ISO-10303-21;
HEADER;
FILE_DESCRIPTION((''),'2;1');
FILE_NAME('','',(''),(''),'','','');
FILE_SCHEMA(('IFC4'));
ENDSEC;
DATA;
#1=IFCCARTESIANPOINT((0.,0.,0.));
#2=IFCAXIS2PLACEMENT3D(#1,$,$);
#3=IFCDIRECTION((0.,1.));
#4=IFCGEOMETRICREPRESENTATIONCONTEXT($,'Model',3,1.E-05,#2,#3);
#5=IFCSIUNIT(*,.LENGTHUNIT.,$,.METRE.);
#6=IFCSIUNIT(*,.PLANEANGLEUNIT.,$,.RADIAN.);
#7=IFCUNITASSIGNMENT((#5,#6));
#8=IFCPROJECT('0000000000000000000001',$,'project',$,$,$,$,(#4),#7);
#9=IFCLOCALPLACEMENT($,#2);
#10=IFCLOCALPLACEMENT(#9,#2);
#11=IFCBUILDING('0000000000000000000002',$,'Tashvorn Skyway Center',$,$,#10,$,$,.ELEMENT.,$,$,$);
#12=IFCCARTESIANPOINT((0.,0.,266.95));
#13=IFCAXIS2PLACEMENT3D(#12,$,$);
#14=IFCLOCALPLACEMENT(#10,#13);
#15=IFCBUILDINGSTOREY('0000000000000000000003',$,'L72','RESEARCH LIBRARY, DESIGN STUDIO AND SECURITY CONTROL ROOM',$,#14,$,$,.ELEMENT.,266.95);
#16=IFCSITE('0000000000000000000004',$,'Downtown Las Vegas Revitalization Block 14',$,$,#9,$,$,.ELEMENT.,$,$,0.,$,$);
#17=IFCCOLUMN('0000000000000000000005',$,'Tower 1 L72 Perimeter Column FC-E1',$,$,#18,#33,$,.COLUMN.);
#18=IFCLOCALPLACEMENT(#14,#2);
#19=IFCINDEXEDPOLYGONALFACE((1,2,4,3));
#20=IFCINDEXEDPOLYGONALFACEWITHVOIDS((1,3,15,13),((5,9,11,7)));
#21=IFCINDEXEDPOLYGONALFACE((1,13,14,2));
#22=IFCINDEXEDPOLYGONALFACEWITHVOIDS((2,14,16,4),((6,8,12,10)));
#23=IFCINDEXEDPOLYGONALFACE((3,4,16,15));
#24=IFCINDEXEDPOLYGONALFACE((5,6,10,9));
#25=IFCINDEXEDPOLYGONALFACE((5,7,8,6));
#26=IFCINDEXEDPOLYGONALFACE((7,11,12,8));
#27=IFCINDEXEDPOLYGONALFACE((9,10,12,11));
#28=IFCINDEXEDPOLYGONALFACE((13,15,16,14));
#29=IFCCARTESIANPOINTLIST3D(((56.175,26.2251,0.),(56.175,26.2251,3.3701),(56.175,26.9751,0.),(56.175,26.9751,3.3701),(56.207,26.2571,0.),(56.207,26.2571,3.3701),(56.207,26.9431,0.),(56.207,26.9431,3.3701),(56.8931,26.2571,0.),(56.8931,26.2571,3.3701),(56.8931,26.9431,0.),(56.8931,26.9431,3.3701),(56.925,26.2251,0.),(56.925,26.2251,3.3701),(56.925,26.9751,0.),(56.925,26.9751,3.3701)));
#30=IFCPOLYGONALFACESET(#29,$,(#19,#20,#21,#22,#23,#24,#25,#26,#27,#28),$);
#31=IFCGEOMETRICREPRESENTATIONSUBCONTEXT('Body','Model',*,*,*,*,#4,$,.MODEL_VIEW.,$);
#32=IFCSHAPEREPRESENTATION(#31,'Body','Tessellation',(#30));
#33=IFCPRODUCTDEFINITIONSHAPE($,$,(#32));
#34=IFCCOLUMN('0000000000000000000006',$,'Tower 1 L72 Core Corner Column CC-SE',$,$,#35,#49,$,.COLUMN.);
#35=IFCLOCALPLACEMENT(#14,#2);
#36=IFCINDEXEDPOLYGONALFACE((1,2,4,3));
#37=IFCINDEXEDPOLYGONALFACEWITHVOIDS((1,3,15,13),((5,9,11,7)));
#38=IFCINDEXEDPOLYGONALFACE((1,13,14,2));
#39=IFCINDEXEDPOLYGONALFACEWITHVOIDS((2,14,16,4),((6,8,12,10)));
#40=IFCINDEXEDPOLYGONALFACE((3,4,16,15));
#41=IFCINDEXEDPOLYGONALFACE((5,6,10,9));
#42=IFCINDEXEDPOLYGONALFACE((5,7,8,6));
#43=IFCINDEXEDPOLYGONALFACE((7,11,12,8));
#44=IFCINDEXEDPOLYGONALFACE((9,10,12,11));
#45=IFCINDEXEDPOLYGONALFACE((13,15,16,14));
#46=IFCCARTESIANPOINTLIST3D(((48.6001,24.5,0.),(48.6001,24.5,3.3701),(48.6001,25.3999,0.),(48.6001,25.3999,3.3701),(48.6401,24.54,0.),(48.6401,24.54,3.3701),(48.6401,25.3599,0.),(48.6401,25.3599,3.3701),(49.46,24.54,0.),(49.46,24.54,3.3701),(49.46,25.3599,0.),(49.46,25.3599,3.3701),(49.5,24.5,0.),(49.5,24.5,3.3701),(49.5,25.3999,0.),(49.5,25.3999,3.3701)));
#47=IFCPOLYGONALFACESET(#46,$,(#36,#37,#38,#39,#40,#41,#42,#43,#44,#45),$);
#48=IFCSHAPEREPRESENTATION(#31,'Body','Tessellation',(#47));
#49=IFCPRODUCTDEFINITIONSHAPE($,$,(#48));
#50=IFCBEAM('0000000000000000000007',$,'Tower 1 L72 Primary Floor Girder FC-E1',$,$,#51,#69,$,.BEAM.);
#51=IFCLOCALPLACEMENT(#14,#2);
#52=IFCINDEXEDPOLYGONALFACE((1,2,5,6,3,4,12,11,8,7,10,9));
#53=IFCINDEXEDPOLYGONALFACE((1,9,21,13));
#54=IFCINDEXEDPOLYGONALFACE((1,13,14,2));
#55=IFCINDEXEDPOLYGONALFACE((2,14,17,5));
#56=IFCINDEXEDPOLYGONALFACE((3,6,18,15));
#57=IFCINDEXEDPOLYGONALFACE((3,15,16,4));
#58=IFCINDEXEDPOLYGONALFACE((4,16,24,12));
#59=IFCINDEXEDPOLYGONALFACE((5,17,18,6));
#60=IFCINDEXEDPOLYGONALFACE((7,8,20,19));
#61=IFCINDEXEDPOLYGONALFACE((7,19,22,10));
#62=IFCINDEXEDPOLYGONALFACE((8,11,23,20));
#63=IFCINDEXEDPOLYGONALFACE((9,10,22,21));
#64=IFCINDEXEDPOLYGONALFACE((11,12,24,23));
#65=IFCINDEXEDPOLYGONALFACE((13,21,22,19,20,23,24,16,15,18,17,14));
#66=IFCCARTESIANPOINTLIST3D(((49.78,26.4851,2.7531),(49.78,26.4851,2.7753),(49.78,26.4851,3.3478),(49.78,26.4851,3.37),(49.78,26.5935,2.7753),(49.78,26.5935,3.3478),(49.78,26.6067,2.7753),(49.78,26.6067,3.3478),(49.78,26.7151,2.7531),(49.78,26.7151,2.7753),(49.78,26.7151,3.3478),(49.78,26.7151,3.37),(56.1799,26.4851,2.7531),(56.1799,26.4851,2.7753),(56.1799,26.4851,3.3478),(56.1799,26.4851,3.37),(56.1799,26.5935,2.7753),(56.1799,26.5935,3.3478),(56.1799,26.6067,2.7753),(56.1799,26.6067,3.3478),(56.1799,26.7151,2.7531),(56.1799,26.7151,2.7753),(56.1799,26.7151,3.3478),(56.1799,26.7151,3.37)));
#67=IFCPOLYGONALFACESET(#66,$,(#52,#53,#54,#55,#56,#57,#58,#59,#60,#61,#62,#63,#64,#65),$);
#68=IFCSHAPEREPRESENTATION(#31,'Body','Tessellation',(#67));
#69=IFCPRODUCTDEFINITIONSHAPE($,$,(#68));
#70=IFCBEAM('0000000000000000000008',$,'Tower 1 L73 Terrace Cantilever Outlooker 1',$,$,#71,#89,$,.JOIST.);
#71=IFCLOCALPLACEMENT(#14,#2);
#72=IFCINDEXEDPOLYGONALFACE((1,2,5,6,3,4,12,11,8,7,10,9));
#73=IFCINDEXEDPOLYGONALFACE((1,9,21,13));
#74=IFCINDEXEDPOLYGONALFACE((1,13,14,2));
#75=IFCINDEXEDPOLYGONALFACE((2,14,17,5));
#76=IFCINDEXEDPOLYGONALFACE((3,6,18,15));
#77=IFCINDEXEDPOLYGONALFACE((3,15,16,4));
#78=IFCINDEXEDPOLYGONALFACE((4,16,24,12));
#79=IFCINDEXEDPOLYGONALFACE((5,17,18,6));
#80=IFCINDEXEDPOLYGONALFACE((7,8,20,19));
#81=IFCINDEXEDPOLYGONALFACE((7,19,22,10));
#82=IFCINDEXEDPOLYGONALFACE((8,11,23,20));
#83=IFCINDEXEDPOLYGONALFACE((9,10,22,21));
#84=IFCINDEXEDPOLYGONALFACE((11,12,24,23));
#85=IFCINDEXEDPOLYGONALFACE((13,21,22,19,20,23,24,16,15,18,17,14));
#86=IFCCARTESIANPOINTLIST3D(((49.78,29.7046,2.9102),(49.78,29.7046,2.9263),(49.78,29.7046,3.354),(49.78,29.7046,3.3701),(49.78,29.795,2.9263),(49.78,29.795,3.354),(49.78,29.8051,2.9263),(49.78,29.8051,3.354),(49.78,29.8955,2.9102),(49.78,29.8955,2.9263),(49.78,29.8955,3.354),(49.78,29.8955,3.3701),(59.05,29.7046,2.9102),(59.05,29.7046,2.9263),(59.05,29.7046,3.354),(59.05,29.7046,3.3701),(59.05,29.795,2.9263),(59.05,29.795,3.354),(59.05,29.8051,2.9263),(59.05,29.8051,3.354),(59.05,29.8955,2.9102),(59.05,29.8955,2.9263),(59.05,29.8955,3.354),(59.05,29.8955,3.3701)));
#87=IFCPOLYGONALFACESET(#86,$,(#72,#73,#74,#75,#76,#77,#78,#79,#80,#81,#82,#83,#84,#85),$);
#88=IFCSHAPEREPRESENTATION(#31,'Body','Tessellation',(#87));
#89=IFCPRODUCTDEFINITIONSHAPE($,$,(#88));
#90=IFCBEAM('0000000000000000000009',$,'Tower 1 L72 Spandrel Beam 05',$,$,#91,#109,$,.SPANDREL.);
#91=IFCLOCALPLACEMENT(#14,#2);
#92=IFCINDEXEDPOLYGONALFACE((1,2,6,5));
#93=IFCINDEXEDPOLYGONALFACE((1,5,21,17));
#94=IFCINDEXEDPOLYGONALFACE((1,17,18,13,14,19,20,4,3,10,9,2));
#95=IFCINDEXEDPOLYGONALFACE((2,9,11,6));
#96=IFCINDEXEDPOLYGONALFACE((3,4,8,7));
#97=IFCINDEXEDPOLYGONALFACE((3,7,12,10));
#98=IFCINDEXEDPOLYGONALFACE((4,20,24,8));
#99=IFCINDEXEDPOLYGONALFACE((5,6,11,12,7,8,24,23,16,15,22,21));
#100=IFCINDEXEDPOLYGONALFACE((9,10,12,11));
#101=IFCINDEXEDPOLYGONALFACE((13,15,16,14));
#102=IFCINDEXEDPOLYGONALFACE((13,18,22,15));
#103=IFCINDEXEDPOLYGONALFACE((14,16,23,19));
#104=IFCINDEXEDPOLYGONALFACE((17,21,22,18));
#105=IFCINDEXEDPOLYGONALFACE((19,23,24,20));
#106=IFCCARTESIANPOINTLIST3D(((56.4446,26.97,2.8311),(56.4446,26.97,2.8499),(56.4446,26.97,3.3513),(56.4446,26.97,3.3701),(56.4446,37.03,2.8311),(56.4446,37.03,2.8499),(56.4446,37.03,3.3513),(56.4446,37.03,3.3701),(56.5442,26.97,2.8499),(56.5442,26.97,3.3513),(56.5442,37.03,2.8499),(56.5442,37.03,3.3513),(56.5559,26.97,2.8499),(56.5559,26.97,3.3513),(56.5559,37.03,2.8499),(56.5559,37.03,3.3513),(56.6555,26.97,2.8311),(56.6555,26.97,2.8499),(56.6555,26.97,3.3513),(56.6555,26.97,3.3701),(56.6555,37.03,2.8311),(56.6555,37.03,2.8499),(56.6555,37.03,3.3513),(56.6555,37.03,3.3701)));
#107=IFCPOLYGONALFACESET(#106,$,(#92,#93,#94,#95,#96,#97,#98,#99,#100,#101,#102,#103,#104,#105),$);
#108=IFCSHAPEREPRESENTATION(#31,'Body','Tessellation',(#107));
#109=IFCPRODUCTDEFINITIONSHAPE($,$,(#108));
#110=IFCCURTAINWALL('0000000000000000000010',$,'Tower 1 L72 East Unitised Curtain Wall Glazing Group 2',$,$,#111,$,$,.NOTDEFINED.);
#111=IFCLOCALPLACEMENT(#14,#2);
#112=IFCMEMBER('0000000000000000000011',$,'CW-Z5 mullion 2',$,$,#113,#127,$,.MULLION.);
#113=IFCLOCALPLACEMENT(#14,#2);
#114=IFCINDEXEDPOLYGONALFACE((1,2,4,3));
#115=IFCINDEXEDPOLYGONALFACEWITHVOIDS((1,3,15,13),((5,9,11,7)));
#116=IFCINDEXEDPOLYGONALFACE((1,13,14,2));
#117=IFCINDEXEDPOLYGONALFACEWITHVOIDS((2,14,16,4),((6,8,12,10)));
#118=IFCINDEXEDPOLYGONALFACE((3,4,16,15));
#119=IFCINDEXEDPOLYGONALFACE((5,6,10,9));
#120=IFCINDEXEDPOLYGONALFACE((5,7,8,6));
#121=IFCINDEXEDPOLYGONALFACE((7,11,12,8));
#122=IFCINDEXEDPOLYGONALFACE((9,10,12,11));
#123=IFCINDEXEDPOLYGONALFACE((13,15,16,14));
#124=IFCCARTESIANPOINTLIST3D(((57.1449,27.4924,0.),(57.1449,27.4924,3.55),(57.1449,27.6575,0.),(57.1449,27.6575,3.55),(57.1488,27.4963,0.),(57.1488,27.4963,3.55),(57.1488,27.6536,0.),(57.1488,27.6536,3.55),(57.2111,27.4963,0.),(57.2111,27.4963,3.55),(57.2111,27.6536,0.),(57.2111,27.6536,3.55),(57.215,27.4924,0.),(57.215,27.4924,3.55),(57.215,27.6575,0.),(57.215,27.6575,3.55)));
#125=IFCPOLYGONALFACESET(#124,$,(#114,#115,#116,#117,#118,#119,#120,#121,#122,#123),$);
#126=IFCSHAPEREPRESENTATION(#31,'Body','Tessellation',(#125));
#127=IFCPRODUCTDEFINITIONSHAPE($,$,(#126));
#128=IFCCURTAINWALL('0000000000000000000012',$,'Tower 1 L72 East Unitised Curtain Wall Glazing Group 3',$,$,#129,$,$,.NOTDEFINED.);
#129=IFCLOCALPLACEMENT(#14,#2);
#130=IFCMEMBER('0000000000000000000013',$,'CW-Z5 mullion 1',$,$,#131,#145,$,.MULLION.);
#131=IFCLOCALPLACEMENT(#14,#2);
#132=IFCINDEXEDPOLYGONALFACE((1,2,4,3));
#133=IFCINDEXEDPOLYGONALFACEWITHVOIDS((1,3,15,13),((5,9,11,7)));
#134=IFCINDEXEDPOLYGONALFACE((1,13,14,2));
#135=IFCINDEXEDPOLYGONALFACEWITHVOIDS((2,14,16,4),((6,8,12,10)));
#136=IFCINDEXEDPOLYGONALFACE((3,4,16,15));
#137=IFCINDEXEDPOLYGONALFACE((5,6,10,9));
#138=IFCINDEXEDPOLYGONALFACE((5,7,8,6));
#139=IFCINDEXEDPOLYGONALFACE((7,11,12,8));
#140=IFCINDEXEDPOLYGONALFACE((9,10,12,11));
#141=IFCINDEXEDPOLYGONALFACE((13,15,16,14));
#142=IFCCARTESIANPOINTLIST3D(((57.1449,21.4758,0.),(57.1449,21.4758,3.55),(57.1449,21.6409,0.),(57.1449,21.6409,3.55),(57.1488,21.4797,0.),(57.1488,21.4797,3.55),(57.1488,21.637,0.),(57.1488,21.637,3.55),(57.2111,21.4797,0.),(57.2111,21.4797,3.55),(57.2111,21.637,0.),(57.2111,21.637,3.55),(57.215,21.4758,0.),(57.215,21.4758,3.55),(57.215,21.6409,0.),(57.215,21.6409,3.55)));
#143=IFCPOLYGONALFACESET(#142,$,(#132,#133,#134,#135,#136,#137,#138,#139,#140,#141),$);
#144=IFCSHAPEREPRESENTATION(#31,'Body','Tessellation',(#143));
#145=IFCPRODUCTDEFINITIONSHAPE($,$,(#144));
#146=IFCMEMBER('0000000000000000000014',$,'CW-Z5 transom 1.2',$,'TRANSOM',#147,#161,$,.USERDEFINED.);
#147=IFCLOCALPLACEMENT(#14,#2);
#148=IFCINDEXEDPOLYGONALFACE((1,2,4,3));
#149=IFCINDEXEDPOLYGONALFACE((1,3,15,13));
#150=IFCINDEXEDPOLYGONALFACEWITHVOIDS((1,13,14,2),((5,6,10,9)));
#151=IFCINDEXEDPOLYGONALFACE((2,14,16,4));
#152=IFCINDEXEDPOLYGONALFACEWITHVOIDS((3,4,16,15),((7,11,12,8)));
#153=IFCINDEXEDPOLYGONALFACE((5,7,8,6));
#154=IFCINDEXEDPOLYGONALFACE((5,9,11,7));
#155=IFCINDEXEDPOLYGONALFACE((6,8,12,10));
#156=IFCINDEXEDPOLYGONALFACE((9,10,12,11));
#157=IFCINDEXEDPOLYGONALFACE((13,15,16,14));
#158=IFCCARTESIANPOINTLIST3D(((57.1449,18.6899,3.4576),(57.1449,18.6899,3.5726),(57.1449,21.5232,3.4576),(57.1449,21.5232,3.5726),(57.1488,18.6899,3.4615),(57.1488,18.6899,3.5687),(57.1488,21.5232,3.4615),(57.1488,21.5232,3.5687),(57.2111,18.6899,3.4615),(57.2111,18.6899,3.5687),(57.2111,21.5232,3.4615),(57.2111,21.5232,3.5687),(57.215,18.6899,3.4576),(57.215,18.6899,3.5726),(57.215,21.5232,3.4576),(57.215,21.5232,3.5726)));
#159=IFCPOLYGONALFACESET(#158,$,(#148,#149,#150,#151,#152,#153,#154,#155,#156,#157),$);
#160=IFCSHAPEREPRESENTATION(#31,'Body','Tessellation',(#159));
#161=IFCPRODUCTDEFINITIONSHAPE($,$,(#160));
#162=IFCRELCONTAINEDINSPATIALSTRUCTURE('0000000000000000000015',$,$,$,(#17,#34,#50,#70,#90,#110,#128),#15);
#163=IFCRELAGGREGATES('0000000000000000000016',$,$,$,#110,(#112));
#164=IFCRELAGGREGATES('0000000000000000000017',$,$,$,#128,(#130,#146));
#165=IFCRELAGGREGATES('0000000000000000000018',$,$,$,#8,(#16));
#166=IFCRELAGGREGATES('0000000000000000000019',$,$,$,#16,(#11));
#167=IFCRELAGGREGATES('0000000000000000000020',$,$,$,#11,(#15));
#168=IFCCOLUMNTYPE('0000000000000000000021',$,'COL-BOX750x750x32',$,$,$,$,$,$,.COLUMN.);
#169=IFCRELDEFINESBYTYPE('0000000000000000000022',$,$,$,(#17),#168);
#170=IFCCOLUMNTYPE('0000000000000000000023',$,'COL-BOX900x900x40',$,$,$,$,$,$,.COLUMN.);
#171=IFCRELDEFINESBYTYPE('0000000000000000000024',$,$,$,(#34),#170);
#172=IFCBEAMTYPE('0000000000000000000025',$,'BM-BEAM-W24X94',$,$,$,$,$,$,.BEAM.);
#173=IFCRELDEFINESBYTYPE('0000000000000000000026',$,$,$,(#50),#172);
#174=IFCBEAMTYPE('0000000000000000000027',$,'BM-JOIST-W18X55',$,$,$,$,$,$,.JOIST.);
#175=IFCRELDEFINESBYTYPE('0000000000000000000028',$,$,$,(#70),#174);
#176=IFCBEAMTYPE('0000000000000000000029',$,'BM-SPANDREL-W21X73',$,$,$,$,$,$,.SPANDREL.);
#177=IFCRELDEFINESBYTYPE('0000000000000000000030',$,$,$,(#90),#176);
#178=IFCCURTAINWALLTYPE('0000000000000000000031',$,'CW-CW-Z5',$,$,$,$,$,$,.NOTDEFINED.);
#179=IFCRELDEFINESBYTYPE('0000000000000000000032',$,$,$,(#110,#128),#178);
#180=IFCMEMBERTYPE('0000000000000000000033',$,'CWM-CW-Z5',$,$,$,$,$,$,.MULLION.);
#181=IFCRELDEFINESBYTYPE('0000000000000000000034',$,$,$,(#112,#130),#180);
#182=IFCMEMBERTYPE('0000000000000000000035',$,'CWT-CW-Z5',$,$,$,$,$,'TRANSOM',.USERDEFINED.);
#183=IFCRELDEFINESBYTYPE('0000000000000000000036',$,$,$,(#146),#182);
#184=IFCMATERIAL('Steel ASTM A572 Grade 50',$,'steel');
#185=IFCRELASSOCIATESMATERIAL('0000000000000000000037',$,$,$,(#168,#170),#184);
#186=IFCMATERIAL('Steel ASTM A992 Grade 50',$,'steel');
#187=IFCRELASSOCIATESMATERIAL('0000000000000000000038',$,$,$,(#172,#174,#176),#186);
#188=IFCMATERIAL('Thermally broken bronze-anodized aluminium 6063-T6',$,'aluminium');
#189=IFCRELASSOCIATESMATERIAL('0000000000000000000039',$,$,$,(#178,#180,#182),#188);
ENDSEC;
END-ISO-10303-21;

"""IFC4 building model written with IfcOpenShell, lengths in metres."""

from ifc_helpers import new_model, si_unit, direction, frame, origin, origin_2d, place, context, subcontext, project, spatial, hollow_rectangle, i_section, extrude, material, material_profile, profile_set, type_object, element, aggregate, save


model = new_model("IFC4")

# Units and contexts
model_context = context("Model", 3, precision=1e-05, world=origin(), true_north=direction((0.0, 1.0)))
body_context = subcontext(model_context, "Body", "Model", "MODEL_VIEW")
ifc_project = project(units=[si_unit("LENGTHUNIT", "METRE"), si_unit("PLANEANGLEUNIT", "RADIAN")], contexts=[model_context])

# Site, building, storey
site_placement = place(None, origin())
site = spatial("IfcSite", under=ifc_project, at=site_placement, Name="Downtown Las Vegas Revitalization Block 14", CompositionType="ELEMENT", RefElevation=0.0)
building_placement = place(site_placement, origin())
building = spatial("IfcBuilding", under=site, at=building_placement, Name="Tashvorn Skyway Center", CompositionType="ELEMENT")
storey_placement = place(building_placement, frame((0.0, 0.0, 266.95)))
storey = spatial("IfcBuildingStorey", under=building, at=storey_placement, Name="L72", Description="RESEARCH LIBRARY, DESIGN STUDIO AND SECURITY CONTROL ROOM", CompositionType="ELEMENT", Elevation=266.95)

# Columns
ifc_material_1 = material(Name="Steel ASTM A572 Grade 50", Category="steel")
ifc_material_profile_1 = material_profile(ifc_material_1, hollow_rectangle(XDim=0.75, YDim=0.75, WallThickness=0.032, at=origin_2d()), Name="BOX750x750x32")
ifc_profile_set_1 = profile_set([ifc_material_profile_1], Name="Steel ASTM A572 Grade 50")
column_type_1 = type_object("IfcColumnType", Name="COL-BOX750x750x32", PredefinedType="COLUMN", material=ifc_profile_set_1)
column_1_placement = place(storey_placement, frame((56.55, 26.6001, 0.0), z_axis=(0.0, 0.0, 1.0), x_axis=(1.0, 0.0, 0.0)))
element("IfcColumn", 1, at=column_1_placement, inside=storey, type_object=column_type_1, Name="Tower 1 L72 Perimeter Column FC-E1", PredefinedType="COLUMN", context=body_context, shape_type="SweptSolid", body=[
    extrude(hollow_rectangle(XDim=0.75, YDim=0.75, WallThickness=0.032, at=origin_2d()), origin(), (0.0, 0.0, 1.0), 3.3701),
])
ifc_material_profile_2 = material_profile(ifc_material_1, hollow_rectangle(XDim=0.8999, YDim=0.8999, WallThickness=0.04, at=origin_2d()), Name="BOX900x900x40")
ifc_profile_set_2 = profile_set([ifc_material_profile_2], Name="Steel ASTM A572 Grade 50")
column_type_2 = type_object("IfcColumnType", Name="COL-BOX900x900x40", PredefinedType="COLUMN", material=ifc_profile_set_2)
column_2_placement = place(storey_placement, frame((49.05, 24.95, 0.0), z_axis=(0.0, 0.0, 1.0), x_axis=(1.0, 0.0, 0.0)))
element("IfcColumn", 2, at=column_2_placement, inside=storey, type_object=column_type_2, Name="Tower 1 L72 Core Corner Column CC-SE", PredefinedType="COLUMN", context=body_context, shape_type="SweptSolid", body=[
    extrude(hollow_rectangle(XDim=0.8999, YDim=0.8999, WallThickness=0.04, at=origin_2d()), origin(), (0.0, 0.0, 1.0), 3.3701),
])

# Beams
ifc_material_2 = material(Name="Steel ASTM A992 Grade 50", Category="steel")
ifc_material_profile_3 = material_profile(ifc_material_2, i_section(OverallWidth=0.23, OverallDepth=0.6169, WebThickness=0.0132, FlangeThickness=0.0222, at=origin_2d()), Name="W24X94")
ifc_profile_set_3 = profile_set([ifc_material_profile_3], Name="Steel ASTM A992 Grade 50")
beam_type_1 = type_object("IfcBeamType", Name="BM-BEAM-W24X94", PredefinedType="BEAM", material=ifc_profile_set_3)
beam_1_placement = place(storey_placement, frame((56.1799, 26.6001, 3.0615), z_axis=(-1.0, 0.0, 0.0), x_axis=(0.0, -1.0, 0.0)))
element("IfcBeam", 3, at=beam_1_placement, inside=storey, type_object=beam_type_1, Name="Tower 1 L72 Primary Floor Girder FC-E1", PredefinedType="BEAM", context=body_context, shape_type="SweptSolid", body=[
    extrude(i_section(OverallWidth=0.23, OverallDepth=0.6169, WebThickness=0.0132, FlangeThickness=0.0222, at=origin_2d()), origin(), (0.0, 0.0, 1.0), 6.3999),
])
ifc_material_profile_4 = material_profile(ifc_material_2, i_section(OverallWidth=0.1909, OverallDepth=0.46, WebThickness=0.01, FlangeThickness=0.0161, at=origin_2d()), Name="W18X55")
ifc_profile_set_4 = profile_set([ifc_material_profile_4], Name="Steel ASTM A992 Grade 50")
beam_type_2 = type_object("IfcBeamType", Name="BM-JOIST-W18X55", PredefinedType="JOIST", material=ifc_profile_set_4)
beam_2_placement = place(storey_placement, frame((49.78, 29.8, 3.1401), z_axis=(1.0, 0.0, 0.0), x_axis=(0.0, 1.0, 0.0)))
element("IfcBeam", 4, at=beam_2_placement, inside=storey, type_object=beam_type_2, Name="Tower 1 L73 Terrace Cantilever Outlooker 1", PredefinedType="JOIST", context=body_context, shape_type="SweptSolid", body=[
    extrude(i_section(OverallWidth=0.1909, OverallDepth=0.46, WebThickness=0.01, FlangeThickness=0.0161, at=origin_2d()), origin(), (0.0, 0.0, 1.0), 9.27),
])
ifc_material_profile_5 = material_profile(ifc_material_2, i_section(OverallWidth=0.2109, OverallDepth=0.5391, WebThickness=0.0117, FlangeThickness=0.0188, at=origin_2d()), Name="W21X73")
ifc_profile_set_5 = profile_set([ifc_material_profile_5], Name="Steel ASTM A992 Grade 50")
beam_type_3 = type_object("IfcBeamType", Name="BM-SPANDREL-W21X73", PredefinedType="SPANDREL", material=ifc_profile_set_5)
beam_3_placement = place(storey_placement, frame((56.55, 26.97, 3.1006), z_axis=(0.0, 1.0, 0.0), x_axis=(-1.0, 0.0, 0.0)))
element("IfcBeam", 5, at=beam_3_placement, inside=storey, type_object=beam_type_3, Name="Tower 1 L72 Spandrel Beam 05", PredefinedType="SPANDREL", context=body_context, shape_type="SweptSolid", body=[
    extrude(i_section(OverallWidth=0.2109, OverallDepth=0.5391, WebThickness=0.0117, FlangeThickness=0.0188, at=origin_2d()), origin(), (0.0, 0.0, 1.0), 10.0601),
])

# Curtain wall, member
ifc_material_3 = material(Name="Thermally broken bronze-anodized aluminium 6063-T6", Category="aluminium")
curtain_wall_type = type_object("IfcCurtainWallType", Name="CW-CW-Z5", PredefinedType="NOTDEFINED", material=ifc_material_3)
curtain_wall_1_placement = place(storey_placement, origin())
curtain_wall_1 = element("IfcCurtainWall", 6, at=curtain_wall_1_placement, inside=storey, type_object=curtain_wall_type, Name="Tower 1 L72 East Unitised Curtain Wall Glazing Group 2", PredefinedType="NOTDEFINED")
ifc_material_profile_6 = material_profile(ifc_material_3, hollow_rectangle(XDim=0.0701, YDim=0.165, WallThickness=0.0039, at=origin_2d()), Name="ALU-MULL-70x165")
ifc_profile_set_6 = profile_set([ifc_material_profile_6], Name="Thermally broken bronze-anodized aluminium 6063-T6")
member_type_1 = type_object("IfcMemberType", Name="CWM-CW-Z5", PredefinedType="MULLION", material=ifc_profile_set_6)
member_1_placement = place(storey_placement, frame((57.1799, 27.575, 0.0), z_axis=(0.0, 0.0, 1.0), x_axis=(1.0, 0.0, 0.0)))
member_1 = element("IfcMember", 7, at=member_1_placement, type_object=member_type_1, Name="CW-Z5 mullion 2", PredefinedType="MULLION", context=body_context, shape_type="SweptSolid", body=[
    extrude(hollow_rectangle(XDim=0.0701, YDim=0.165, WallThickness=0.0039, at=origin_2d()), origin(), (0.0, 0.0, 1.0), 3.55),
])
aggregate(curtain_wall_1, [member_1])

# Curtain wall, members
curtain_wall_2_placement = place(storey_placement, origin())
curtain_wall_2 = element("IfcCurtainWall", 8, at=curtain_wall_2_placement, inside=storey, type_object=curtain_wall_type, Name="Tower 1 L72 East Unitised Curtain Wall Glazing Group 3", PredefinedType="NOTDEFINED")
member_2_placement = place(storey_placement, frame((57.1799, 21.5583, 0.0), z_axis=(0.0, 0.0, 1.0), x_axis=(1.0, 0.0, 0.0)))
member_2 = element("IfcMember", 9, at=member_2_placement, type_object=member_type_1, Name="CW-Z5 mullion 1", PredefinedType="MULLION", context=body_context, shape_type="SweptSolid", body=[
    extrude(hollow_rectangle(XDim=0.0701, YDim=0.165, WallThickness=0.0039, at=origin_2d()), origin(), (0.0, 0.0, 1.0), 3.55),
])
ifc_material_profile_7 = material_profile(ifc_material_3, hollow_rectangle(XDim=0.0701, YDim=0.115, WallThickness=0.0039, at=origin_2d()), Name="ALU-TRAN-70x115")
ifc_profile_set_7 = profile_set([ifc_material_profile_7], Name="Thermally broken bronze-anodized aluminium 6063-T6")
member_type_2 = type_object("IfcMemberType", Name="CWT-CW-Z5", ElementType="TRANSOM", PredefinedType="USERDEFINED", material=ifc_profile_set_7)
member_3_placement = place(storey_placement, frame((57.1799, 21.5232, 3.5151), z_axis=(0.0, -1.0, 0.0), x_axis=(1.0, 0.0, 0.0)))
member_3 = element("IfcMember", 10, at=member_3_placement, type_object=member_type_2, Name="CW-Z5 transom 1.2", ObjectType="TRANSOM", PredefinedType="USERDEFINED", context=body_context, shape_type="SweptSolid", body=[
    extrude(hollow_rectangle(XDim=0.0701, YDim=0.115, WallThickness=0.0039, at=origin_2d()), origin(), (0.0, 0.0, 1.0), 2.8333),
])
aggregate(curtain_wall_2, [member_2, member_3])

save(model, "model.ifc")
